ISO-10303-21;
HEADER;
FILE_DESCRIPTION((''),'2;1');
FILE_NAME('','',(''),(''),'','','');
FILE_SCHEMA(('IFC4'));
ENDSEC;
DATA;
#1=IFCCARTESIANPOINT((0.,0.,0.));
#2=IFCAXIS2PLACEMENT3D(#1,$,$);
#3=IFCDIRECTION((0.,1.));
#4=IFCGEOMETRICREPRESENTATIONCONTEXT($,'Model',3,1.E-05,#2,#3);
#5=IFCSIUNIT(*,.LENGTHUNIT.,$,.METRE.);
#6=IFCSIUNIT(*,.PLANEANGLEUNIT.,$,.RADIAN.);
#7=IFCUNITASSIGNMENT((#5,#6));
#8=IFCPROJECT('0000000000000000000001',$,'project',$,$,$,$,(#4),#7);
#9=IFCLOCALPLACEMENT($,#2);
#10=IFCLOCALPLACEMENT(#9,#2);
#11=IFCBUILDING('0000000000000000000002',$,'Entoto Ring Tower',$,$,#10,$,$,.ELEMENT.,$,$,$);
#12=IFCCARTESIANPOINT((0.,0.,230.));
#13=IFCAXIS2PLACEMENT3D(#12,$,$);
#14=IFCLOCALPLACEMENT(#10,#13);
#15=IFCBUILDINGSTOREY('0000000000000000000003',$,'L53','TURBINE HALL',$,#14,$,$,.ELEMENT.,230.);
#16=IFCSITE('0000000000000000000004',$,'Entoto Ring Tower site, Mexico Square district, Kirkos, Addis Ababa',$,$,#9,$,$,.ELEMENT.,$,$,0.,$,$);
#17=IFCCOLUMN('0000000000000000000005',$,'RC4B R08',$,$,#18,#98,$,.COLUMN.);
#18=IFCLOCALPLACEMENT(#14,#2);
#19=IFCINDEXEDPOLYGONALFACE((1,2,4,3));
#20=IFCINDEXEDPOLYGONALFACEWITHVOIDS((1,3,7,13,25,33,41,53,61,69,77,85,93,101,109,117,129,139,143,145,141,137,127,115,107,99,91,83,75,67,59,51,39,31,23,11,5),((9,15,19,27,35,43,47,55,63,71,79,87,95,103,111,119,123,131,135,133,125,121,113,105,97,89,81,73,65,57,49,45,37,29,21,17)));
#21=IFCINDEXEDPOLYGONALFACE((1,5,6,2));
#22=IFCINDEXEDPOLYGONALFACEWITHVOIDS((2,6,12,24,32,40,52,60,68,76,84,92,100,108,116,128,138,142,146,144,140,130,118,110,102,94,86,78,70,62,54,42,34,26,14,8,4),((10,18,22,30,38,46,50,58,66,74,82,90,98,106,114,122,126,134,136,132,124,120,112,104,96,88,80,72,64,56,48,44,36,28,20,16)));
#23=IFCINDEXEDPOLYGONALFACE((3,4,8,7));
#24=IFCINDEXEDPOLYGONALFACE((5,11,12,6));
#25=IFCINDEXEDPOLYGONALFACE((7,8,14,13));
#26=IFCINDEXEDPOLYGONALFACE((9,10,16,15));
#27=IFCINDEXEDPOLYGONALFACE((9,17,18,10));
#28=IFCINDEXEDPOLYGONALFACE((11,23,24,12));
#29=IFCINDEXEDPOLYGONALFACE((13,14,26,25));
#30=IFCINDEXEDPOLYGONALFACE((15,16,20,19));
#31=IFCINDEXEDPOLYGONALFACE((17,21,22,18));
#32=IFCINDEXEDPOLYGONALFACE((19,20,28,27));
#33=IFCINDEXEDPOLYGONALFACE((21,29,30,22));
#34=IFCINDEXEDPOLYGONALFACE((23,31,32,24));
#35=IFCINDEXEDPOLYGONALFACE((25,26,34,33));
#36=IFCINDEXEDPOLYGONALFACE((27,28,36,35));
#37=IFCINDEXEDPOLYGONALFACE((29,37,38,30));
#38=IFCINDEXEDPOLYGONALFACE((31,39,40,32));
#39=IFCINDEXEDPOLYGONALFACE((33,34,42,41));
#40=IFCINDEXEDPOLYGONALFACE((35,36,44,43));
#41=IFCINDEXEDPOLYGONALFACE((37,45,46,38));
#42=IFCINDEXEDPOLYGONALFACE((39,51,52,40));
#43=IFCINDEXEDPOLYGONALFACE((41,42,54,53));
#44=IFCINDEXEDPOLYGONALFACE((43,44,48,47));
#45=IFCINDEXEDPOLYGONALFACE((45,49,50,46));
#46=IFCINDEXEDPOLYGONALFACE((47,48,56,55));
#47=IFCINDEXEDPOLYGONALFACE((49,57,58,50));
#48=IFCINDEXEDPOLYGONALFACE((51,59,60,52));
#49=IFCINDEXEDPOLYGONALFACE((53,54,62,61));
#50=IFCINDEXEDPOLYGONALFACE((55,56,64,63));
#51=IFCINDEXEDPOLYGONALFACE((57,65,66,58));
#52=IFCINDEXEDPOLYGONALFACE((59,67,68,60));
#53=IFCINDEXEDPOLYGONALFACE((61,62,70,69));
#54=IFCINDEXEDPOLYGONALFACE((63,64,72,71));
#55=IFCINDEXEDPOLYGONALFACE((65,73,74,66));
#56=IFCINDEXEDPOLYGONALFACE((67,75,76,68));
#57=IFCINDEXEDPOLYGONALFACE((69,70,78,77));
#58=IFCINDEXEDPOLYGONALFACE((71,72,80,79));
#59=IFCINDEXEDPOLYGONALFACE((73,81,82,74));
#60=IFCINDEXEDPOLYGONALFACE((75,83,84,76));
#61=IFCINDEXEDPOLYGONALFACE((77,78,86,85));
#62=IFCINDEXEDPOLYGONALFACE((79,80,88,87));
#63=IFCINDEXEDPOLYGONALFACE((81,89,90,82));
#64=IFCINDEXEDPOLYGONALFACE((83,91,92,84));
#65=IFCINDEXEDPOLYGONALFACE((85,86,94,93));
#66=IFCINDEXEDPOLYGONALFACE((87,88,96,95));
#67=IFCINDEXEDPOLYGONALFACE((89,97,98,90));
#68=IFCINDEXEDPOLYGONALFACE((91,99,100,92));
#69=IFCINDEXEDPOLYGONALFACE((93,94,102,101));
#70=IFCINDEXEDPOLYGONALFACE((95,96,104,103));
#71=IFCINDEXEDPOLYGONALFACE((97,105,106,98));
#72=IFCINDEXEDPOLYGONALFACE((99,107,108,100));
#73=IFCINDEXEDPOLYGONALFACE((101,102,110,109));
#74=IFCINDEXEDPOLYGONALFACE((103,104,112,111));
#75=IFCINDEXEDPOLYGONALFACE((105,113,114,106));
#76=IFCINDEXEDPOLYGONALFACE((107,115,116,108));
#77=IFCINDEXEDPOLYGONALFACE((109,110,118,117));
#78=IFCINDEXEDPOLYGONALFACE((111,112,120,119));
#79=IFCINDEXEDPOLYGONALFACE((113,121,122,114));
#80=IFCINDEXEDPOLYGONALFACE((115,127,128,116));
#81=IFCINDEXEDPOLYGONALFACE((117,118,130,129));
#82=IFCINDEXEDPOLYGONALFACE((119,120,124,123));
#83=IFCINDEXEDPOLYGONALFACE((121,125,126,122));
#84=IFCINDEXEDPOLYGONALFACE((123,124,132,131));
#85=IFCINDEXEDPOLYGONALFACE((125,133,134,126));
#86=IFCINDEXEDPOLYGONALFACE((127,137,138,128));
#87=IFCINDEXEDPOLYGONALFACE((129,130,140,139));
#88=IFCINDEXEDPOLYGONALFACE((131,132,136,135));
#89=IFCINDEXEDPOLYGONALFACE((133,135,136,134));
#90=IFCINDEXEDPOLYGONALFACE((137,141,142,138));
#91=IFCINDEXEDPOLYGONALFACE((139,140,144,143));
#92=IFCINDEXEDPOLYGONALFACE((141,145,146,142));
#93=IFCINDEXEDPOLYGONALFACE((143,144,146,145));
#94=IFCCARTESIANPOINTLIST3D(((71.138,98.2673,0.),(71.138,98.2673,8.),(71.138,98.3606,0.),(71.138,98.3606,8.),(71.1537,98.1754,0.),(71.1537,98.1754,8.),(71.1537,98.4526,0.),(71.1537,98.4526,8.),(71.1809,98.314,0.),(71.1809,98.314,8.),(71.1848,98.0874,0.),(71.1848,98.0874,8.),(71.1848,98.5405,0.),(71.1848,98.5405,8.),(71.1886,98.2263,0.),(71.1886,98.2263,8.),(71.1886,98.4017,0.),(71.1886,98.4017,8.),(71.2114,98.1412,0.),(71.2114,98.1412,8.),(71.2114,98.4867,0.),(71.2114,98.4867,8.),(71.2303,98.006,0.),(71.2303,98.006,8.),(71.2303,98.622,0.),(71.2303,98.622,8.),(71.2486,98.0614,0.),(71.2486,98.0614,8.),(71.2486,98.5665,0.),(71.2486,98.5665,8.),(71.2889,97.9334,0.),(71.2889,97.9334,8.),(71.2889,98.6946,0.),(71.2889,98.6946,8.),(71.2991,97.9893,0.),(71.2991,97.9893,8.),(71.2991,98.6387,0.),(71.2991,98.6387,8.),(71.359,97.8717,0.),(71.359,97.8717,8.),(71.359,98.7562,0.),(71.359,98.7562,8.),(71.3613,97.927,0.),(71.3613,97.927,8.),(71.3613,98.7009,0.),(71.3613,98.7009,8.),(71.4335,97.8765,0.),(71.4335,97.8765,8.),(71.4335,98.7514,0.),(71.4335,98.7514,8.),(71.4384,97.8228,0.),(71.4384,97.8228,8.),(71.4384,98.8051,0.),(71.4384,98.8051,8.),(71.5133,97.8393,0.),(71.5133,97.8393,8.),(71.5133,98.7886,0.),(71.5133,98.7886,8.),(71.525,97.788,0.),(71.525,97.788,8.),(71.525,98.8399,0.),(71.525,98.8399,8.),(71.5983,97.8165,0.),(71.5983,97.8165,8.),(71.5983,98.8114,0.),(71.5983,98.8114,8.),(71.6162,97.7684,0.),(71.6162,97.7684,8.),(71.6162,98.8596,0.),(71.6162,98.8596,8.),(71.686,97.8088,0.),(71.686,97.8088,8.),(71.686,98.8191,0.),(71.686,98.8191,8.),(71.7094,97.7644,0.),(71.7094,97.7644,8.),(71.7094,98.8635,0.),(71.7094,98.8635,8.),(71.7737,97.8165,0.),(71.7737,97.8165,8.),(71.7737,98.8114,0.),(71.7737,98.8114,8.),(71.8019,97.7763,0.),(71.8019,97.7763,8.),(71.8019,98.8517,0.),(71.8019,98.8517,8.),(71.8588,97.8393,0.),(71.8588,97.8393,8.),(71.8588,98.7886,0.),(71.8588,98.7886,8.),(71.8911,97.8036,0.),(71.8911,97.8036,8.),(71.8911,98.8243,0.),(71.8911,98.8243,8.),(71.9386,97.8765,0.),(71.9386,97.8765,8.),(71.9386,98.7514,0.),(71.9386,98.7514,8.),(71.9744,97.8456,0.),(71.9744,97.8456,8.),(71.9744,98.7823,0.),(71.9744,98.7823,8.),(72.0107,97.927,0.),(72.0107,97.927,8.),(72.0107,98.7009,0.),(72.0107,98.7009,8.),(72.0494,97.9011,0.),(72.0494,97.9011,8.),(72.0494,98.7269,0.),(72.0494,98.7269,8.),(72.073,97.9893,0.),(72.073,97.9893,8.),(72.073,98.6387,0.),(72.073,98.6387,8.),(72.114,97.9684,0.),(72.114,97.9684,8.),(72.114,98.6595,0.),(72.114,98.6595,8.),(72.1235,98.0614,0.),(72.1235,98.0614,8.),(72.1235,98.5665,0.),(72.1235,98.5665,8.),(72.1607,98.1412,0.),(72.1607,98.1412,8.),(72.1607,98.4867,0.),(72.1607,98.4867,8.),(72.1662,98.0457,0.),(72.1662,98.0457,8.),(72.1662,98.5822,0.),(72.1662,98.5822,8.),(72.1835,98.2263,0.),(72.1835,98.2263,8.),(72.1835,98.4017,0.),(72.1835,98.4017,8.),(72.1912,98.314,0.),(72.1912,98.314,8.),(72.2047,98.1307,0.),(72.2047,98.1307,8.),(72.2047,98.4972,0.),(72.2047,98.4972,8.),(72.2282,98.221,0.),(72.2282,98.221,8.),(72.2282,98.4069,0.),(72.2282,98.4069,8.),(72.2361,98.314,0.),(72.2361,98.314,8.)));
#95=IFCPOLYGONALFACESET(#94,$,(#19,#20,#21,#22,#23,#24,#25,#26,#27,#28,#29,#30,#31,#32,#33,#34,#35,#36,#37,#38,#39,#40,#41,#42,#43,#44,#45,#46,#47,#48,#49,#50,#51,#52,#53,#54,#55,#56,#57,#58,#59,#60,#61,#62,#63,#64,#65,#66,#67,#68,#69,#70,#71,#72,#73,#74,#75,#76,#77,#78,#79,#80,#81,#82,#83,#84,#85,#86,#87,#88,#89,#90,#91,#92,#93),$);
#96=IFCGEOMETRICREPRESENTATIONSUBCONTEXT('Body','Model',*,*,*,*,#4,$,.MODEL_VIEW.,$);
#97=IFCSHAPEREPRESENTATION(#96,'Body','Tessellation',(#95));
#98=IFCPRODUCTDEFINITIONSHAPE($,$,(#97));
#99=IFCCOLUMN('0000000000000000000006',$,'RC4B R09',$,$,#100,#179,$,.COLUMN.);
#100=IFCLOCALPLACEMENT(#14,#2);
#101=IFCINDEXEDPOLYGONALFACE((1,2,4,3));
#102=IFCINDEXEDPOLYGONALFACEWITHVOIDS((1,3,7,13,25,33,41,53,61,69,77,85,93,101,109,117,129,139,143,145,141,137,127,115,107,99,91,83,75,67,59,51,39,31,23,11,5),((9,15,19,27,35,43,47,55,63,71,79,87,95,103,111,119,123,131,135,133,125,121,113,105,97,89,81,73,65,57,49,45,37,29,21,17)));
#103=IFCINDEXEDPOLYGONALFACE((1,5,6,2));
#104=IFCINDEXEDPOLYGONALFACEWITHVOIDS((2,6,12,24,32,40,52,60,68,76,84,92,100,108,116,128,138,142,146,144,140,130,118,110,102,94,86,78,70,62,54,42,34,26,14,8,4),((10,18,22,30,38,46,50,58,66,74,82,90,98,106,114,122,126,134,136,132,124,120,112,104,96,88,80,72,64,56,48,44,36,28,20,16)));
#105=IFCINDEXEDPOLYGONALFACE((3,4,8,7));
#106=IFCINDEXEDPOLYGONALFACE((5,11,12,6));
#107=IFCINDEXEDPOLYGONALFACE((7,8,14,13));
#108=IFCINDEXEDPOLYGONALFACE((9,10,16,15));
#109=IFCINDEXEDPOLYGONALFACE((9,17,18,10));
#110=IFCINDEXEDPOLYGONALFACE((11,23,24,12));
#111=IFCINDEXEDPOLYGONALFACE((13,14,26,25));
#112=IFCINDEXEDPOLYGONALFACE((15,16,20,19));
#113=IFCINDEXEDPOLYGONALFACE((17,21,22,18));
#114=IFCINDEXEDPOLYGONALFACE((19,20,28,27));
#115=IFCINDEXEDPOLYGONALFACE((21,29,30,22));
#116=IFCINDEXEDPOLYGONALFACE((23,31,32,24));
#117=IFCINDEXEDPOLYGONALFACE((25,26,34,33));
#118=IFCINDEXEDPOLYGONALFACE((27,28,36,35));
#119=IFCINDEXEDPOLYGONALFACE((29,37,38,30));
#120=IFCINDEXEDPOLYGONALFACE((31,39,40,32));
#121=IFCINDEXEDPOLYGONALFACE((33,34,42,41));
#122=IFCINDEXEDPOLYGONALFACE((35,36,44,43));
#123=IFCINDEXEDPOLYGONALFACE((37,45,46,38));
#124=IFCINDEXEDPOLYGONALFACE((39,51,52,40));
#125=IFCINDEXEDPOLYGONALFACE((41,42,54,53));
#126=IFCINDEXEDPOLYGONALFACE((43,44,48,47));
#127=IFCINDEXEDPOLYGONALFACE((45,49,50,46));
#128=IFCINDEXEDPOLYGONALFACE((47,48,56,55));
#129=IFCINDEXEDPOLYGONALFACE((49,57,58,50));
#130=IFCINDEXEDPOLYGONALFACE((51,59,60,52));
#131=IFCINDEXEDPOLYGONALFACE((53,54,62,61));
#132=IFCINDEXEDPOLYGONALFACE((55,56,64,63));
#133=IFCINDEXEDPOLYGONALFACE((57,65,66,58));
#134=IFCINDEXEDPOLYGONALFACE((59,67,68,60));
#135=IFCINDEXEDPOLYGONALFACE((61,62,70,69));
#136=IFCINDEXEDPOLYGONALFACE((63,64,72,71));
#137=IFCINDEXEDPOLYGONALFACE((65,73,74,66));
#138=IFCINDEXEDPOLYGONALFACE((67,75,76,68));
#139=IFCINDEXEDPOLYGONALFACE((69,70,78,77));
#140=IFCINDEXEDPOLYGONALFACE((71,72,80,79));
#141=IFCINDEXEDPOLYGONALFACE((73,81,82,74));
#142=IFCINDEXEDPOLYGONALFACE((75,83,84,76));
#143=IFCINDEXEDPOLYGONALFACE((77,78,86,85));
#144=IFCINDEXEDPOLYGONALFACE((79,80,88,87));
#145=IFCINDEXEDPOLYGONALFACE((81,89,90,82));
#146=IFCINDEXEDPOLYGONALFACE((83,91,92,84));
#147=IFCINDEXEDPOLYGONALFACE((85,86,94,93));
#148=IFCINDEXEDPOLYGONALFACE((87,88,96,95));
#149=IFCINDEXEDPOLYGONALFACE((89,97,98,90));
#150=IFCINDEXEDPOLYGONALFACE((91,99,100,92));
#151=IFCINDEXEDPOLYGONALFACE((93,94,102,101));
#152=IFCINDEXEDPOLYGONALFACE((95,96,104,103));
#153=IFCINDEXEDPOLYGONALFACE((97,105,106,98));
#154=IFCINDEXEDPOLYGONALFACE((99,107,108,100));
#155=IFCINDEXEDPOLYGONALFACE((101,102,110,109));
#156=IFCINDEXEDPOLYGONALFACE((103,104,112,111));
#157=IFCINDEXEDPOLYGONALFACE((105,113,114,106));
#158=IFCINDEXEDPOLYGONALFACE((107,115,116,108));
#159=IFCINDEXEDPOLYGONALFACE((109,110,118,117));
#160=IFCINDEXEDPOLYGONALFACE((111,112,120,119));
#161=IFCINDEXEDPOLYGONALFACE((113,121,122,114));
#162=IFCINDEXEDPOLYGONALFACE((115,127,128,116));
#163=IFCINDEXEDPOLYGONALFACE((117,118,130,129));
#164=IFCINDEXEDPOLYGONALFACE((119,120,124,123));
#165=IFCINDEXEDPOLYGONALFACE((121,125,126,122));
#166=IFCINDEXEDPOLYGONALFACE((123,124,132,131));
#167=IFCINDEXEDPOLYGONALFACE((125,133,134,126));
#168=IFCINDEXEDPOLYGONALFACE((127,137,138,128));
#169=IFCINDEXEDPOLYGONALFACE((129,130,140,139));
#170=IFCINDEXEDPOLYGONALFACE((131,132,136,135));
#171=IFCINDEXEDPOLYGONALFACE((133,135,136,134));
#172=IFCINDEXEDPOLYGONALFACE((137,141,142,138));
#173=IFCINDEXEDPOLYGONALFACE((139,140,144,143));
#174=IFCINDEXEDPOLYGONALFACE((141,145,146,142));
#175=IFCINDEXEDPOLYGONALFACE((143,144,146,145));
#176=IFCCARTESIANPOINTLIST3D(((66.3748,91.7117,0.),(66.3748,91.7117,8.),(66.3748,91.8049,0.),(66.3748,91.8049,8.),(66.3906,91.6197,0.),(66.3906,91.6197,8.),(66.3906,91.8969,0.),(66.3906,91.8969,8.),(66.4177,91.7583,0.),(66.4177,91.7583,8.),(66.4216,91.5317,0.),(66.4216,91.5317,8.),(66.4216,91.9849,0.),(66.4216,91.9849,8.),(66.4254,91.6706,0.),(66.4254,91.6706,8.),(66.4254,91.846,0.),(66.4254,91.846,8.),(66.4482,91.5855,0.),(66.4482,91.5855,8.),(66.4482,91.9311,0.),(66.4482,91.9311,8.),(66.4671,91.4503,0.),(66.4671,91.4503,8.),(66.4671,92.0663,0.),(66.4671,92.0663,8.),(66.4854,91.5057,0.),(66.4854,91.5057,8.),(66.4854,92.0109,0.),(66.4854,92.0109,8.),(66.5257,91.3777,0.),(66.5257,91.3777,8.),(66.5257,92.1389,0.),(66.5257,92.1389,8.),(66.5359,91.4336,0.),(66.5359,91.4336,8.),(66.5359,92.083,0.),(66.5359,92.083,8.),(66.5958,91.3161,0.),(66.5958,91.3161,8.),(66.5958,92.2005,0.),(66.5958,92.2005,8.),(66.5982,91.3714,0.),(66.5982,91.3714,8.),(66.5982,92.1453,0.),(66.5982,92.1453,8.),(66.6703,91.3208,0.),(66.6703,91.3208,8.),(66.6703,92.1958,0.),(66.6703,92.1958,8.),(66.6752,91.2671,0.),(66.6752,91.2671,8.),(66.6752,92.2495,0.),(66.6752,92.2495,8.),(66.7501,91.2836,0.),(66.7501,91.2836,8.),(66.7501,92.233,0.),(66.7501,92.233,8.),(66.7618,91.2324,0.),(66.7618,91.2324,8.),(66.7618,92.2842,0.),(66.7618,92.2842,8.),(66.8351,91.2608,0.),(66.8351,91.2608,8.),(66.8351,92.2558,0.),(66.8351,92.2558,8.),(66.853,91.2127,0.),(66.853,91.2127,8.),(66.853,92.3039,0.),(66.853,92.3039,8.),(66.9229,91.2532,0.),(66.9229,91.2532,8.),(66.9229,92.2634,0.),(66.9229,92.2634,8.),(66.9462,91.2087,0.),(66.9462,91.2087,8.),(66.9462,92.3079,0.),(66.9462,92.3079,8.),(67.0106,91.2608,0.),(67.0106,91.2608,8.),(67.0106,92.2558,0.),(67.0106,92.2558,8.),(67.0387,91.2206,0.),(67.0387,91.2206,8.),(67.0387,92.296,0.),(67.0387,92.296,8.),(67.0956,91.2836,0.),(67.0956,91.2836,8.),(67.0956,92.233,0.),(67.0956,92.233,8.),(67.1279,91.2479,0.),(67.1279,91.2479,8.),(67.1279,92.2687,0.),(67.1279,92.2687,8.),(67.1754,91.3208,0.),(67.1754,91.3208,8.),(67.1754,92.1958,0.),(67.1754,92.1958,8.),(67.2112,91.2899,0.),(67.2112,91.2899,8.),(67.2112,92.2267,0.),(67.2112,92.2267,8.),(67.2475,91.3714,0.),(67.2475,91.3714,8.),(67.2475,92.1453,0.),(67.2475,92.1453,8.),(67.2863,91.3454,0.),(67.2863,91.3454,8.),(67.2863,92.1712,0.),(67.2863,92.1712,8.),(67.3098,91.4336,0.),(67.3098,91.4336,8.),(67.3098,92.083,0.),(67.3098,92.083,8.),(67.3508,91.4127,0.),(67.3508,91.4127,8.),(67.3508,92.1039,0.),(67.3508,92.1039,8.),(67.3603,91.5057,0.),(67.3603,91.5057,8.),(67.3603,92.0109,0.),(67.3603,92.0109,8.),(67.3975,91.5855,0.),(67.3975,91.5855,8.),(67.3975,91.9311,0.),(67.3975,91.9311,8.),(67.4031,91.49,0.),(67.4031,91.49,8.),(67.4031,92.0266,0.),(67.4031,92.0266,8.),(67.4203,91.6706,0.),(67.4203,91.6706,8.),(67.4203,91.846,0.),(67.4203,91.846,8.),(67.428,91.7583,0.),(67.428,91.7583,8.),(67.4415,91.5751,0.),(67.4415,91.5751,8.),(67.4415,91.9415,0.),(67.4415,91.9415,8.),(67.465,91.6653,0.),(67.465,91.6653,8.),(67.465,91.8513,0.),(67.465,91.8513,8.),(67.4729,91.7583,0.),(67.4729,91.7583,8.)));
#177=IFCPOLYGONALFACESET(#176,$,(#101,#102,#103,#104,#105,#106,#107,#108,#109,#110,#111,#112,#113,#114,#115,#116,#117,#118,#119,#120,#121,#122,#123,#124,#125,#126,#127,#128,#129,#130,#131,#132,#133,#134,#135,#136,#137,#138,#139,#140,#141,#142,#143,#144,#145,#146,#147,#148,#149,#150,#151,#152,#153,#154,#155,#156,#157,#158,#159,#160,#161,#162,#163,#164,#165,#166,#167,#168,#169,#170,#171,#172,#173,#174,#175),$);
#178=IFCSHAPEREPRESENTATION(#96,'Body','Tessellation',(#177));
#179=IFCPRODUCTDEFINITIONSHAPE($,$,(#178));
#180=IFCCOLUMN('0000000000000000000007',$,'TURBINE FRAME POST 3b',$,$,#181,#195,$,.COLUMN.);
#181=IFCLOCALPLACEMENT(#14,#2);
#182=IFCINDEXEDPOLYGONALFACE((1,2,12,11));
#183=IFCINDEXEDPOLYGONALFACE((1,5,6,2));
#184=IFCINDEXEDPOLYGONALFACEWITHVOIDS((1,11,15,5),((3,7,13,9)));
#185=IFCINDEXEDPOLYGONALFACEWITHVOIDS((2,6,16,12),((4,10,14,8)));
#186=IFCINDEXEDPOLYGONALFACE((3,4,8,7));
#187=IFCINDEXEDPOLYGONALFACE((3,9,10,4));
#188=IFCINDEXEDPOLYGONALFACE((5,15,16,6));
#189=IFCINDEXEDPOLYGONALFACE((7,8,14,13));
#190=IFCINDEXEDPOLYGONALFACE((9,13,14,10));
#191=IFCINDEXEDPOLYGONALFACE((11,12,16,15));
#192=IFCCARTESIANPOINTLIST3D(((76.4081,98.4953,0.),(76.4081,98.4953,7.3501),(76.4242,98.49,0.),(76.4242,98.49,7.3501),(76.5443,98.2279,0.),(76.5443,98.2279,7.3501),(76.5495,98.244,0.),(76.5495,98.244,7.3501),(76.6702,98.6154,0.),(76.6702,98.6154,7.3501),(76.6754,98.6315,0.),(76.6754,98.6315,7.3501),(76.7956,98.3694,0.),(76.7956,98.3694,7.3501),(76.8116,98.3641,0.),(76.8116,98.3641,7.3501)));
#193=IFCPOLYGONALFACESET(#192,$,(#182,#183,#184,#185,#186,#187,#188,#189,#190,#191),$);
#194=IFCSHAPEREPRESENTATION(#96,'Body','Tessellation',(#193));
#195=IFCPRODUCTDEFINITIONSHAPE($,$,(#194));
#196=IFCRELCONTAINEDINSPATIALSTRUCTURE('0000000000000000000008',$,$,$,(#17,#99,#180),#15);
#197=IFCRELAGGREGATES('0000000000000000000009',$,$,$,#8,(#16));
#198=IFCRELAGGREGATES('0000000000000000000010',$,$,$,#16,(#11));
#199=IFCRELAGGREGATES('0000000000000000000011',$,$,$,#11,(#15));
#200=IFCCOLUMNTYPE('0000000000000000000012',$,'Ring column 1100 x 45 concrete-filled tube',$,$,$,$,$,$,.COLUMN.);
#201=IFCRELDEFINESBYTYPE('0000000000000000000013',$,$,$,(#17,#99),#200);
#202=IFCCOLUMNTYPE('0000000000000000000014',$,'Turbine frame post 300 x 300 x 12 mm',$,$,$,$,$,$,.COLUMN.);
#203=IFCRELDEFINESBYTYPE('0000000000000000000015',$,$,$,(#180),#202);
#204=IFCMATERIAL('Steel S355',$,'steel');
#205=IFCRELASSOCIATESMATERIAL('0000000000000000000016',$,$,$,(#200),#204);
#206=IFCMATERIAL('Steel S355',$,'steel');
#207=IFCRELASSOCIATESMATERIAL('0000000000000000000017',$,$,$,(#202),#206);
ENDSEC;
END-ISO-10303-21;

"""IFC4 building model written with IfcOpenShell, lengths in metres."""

from ifc_helpers import new_model, si_unit, direction, frame, origin, origin_2d, place, context, subcontext, project, spatial, hollow_rectangle, circle, hollow_circle, extrude, material, material_profile, profile_set, type_object, element, save


model = new_model("IFC4")

# Units and contexts
model_context = context("Model", 3, precision=1e-05, world=origin(), true_north=direction((0.0, 1.0)))
body_context = subcontext(model_context, "Body", "Model", "MODEL_VIEW")
ifc_project = project(units=[si_unit("LENGTHUNIT", "METRE"), si_unit("PLANEANGLEUNIT", "RADIAN")], contexts=[model_context])

# Site, building, storey
site_placement = place(None, origin())
site = spatial("IfcSite", under=ifc_project, at=site_placement, Name="Entoto Ring Tower site, Mexico Square district, Kirkos, Addis Ababa", CompositionType="ELEMENT", RefElevation=0.0)
building_placement = place(site_placement, origin())
building = spatial("IfcBuilding", under=site, at=building_placement, Name="Entoto Ring Tower", CompositionType="ELEMENT")
storey_placement = place(building_placement, frame((0.0, 0.0, 230.0)))
storey = spatial("IfcBuildingStorey", under=building, at=storey_placement, Name="L53", Description="TURBINE HALL", CompositionType="ELEMENT", Elevation=230.0)

# Columns
ifc_material_1 = material(Name="Steel S355", Category="steel")
ifc_material_profile_1 = material_profile(ifc_material_1, hollow_circle(Radius=0.55, WallThickness=0.0449, at=origin_2d()), Name="CHS 1100 x 45")
ifc_material_2 = material(Name="Concrete C60/75", Category="concrete")
ifc_material_profile_2 = material_profile(ifc_material_2, circle(Radius=0.5049, at=origin_2d()), Name="Concrete C60/75 infill")
ifc_profile_set_1 = profile_set([ifc_material_profile_1, ifc_material_profile_2], Name="Steel S355")
column_type_1 = type_object("IfcColumnType", Name="Ring column 1100 x 45 concrete-filled tube", PredefinedType="COLUMN", material=ifc_profile_set_1)
for number, where, z_axis, x_axis, name in (
    (1, (71.686, 98.314, 0.0), (0.0, 0.0, 1.0), (1.0, 0.0, 0.0), "RC4B R08"),
    (2, (66.9229, 91.7583, 0.0), (0.0, 0.0, 1.0), (1.0, 0.0, 0.0), "RC4B R09"),
):
    element("IfcColumn", number, at=place(storey_placement, frame(where, z_axis=z_axis, x_axis=x_axis)), inside=storey, type_object=column_type_1, Name=name, PredefinedType="COLUMN", context=body_context, shape_type="SweptSolid", body=[
        extrude(hollow_circle(Radius=0.55, WallThickness=0.0449, at=origin_2d()), origin(), (0.0, 0.0, 1.0), 8.0),
    ])
ifc_material_3 = material(Name="Steel S355", Category="steel")
ifc_material_profile_3 = material_profile(ifc_material_3, hollow_rectangle(XDim=0.3, YDim=0.3, WallThickness=0.012, at=origin_2d()), Name="Turbine frame post 300 x 300 x 12 mm")
ifc_profile_set_2 = profile_set([ifc_material_profile_3], Name="Steel S355")
column_type_2 = type_object("IfcColumnType", Name="Turbine frame post 300 x 300 x 12 mm", PredefinedType="COLUMN", material=ifc_profile_set_2)
for number, where, z_axis, x_axis, name in (
    (3, (76.6099, 98.4297, 0.0), (0.0, 0.0, 1.0), (-0.891007, -0.45399, 0.0), "TURBINE FRAME POST 3b"),
):
    element("IfcColumn", number, at=place(storey_placement, frame(where, z_axis=z_axis, x_axis=x_axis)), inside=storey, type_object=column_type_2, Name=name, PredefinedType="COLUMN", context=body_context, shape_type="SweptSolid", body=[
        extrude(hollow_rectangle(XDim=0.3, YDim=0.3, WallThickness=0.012, at=origin_2d()), origin(), (0.0, 0.0, 1.0), 7.3501),
    ])

save(model, "model.ifc")
